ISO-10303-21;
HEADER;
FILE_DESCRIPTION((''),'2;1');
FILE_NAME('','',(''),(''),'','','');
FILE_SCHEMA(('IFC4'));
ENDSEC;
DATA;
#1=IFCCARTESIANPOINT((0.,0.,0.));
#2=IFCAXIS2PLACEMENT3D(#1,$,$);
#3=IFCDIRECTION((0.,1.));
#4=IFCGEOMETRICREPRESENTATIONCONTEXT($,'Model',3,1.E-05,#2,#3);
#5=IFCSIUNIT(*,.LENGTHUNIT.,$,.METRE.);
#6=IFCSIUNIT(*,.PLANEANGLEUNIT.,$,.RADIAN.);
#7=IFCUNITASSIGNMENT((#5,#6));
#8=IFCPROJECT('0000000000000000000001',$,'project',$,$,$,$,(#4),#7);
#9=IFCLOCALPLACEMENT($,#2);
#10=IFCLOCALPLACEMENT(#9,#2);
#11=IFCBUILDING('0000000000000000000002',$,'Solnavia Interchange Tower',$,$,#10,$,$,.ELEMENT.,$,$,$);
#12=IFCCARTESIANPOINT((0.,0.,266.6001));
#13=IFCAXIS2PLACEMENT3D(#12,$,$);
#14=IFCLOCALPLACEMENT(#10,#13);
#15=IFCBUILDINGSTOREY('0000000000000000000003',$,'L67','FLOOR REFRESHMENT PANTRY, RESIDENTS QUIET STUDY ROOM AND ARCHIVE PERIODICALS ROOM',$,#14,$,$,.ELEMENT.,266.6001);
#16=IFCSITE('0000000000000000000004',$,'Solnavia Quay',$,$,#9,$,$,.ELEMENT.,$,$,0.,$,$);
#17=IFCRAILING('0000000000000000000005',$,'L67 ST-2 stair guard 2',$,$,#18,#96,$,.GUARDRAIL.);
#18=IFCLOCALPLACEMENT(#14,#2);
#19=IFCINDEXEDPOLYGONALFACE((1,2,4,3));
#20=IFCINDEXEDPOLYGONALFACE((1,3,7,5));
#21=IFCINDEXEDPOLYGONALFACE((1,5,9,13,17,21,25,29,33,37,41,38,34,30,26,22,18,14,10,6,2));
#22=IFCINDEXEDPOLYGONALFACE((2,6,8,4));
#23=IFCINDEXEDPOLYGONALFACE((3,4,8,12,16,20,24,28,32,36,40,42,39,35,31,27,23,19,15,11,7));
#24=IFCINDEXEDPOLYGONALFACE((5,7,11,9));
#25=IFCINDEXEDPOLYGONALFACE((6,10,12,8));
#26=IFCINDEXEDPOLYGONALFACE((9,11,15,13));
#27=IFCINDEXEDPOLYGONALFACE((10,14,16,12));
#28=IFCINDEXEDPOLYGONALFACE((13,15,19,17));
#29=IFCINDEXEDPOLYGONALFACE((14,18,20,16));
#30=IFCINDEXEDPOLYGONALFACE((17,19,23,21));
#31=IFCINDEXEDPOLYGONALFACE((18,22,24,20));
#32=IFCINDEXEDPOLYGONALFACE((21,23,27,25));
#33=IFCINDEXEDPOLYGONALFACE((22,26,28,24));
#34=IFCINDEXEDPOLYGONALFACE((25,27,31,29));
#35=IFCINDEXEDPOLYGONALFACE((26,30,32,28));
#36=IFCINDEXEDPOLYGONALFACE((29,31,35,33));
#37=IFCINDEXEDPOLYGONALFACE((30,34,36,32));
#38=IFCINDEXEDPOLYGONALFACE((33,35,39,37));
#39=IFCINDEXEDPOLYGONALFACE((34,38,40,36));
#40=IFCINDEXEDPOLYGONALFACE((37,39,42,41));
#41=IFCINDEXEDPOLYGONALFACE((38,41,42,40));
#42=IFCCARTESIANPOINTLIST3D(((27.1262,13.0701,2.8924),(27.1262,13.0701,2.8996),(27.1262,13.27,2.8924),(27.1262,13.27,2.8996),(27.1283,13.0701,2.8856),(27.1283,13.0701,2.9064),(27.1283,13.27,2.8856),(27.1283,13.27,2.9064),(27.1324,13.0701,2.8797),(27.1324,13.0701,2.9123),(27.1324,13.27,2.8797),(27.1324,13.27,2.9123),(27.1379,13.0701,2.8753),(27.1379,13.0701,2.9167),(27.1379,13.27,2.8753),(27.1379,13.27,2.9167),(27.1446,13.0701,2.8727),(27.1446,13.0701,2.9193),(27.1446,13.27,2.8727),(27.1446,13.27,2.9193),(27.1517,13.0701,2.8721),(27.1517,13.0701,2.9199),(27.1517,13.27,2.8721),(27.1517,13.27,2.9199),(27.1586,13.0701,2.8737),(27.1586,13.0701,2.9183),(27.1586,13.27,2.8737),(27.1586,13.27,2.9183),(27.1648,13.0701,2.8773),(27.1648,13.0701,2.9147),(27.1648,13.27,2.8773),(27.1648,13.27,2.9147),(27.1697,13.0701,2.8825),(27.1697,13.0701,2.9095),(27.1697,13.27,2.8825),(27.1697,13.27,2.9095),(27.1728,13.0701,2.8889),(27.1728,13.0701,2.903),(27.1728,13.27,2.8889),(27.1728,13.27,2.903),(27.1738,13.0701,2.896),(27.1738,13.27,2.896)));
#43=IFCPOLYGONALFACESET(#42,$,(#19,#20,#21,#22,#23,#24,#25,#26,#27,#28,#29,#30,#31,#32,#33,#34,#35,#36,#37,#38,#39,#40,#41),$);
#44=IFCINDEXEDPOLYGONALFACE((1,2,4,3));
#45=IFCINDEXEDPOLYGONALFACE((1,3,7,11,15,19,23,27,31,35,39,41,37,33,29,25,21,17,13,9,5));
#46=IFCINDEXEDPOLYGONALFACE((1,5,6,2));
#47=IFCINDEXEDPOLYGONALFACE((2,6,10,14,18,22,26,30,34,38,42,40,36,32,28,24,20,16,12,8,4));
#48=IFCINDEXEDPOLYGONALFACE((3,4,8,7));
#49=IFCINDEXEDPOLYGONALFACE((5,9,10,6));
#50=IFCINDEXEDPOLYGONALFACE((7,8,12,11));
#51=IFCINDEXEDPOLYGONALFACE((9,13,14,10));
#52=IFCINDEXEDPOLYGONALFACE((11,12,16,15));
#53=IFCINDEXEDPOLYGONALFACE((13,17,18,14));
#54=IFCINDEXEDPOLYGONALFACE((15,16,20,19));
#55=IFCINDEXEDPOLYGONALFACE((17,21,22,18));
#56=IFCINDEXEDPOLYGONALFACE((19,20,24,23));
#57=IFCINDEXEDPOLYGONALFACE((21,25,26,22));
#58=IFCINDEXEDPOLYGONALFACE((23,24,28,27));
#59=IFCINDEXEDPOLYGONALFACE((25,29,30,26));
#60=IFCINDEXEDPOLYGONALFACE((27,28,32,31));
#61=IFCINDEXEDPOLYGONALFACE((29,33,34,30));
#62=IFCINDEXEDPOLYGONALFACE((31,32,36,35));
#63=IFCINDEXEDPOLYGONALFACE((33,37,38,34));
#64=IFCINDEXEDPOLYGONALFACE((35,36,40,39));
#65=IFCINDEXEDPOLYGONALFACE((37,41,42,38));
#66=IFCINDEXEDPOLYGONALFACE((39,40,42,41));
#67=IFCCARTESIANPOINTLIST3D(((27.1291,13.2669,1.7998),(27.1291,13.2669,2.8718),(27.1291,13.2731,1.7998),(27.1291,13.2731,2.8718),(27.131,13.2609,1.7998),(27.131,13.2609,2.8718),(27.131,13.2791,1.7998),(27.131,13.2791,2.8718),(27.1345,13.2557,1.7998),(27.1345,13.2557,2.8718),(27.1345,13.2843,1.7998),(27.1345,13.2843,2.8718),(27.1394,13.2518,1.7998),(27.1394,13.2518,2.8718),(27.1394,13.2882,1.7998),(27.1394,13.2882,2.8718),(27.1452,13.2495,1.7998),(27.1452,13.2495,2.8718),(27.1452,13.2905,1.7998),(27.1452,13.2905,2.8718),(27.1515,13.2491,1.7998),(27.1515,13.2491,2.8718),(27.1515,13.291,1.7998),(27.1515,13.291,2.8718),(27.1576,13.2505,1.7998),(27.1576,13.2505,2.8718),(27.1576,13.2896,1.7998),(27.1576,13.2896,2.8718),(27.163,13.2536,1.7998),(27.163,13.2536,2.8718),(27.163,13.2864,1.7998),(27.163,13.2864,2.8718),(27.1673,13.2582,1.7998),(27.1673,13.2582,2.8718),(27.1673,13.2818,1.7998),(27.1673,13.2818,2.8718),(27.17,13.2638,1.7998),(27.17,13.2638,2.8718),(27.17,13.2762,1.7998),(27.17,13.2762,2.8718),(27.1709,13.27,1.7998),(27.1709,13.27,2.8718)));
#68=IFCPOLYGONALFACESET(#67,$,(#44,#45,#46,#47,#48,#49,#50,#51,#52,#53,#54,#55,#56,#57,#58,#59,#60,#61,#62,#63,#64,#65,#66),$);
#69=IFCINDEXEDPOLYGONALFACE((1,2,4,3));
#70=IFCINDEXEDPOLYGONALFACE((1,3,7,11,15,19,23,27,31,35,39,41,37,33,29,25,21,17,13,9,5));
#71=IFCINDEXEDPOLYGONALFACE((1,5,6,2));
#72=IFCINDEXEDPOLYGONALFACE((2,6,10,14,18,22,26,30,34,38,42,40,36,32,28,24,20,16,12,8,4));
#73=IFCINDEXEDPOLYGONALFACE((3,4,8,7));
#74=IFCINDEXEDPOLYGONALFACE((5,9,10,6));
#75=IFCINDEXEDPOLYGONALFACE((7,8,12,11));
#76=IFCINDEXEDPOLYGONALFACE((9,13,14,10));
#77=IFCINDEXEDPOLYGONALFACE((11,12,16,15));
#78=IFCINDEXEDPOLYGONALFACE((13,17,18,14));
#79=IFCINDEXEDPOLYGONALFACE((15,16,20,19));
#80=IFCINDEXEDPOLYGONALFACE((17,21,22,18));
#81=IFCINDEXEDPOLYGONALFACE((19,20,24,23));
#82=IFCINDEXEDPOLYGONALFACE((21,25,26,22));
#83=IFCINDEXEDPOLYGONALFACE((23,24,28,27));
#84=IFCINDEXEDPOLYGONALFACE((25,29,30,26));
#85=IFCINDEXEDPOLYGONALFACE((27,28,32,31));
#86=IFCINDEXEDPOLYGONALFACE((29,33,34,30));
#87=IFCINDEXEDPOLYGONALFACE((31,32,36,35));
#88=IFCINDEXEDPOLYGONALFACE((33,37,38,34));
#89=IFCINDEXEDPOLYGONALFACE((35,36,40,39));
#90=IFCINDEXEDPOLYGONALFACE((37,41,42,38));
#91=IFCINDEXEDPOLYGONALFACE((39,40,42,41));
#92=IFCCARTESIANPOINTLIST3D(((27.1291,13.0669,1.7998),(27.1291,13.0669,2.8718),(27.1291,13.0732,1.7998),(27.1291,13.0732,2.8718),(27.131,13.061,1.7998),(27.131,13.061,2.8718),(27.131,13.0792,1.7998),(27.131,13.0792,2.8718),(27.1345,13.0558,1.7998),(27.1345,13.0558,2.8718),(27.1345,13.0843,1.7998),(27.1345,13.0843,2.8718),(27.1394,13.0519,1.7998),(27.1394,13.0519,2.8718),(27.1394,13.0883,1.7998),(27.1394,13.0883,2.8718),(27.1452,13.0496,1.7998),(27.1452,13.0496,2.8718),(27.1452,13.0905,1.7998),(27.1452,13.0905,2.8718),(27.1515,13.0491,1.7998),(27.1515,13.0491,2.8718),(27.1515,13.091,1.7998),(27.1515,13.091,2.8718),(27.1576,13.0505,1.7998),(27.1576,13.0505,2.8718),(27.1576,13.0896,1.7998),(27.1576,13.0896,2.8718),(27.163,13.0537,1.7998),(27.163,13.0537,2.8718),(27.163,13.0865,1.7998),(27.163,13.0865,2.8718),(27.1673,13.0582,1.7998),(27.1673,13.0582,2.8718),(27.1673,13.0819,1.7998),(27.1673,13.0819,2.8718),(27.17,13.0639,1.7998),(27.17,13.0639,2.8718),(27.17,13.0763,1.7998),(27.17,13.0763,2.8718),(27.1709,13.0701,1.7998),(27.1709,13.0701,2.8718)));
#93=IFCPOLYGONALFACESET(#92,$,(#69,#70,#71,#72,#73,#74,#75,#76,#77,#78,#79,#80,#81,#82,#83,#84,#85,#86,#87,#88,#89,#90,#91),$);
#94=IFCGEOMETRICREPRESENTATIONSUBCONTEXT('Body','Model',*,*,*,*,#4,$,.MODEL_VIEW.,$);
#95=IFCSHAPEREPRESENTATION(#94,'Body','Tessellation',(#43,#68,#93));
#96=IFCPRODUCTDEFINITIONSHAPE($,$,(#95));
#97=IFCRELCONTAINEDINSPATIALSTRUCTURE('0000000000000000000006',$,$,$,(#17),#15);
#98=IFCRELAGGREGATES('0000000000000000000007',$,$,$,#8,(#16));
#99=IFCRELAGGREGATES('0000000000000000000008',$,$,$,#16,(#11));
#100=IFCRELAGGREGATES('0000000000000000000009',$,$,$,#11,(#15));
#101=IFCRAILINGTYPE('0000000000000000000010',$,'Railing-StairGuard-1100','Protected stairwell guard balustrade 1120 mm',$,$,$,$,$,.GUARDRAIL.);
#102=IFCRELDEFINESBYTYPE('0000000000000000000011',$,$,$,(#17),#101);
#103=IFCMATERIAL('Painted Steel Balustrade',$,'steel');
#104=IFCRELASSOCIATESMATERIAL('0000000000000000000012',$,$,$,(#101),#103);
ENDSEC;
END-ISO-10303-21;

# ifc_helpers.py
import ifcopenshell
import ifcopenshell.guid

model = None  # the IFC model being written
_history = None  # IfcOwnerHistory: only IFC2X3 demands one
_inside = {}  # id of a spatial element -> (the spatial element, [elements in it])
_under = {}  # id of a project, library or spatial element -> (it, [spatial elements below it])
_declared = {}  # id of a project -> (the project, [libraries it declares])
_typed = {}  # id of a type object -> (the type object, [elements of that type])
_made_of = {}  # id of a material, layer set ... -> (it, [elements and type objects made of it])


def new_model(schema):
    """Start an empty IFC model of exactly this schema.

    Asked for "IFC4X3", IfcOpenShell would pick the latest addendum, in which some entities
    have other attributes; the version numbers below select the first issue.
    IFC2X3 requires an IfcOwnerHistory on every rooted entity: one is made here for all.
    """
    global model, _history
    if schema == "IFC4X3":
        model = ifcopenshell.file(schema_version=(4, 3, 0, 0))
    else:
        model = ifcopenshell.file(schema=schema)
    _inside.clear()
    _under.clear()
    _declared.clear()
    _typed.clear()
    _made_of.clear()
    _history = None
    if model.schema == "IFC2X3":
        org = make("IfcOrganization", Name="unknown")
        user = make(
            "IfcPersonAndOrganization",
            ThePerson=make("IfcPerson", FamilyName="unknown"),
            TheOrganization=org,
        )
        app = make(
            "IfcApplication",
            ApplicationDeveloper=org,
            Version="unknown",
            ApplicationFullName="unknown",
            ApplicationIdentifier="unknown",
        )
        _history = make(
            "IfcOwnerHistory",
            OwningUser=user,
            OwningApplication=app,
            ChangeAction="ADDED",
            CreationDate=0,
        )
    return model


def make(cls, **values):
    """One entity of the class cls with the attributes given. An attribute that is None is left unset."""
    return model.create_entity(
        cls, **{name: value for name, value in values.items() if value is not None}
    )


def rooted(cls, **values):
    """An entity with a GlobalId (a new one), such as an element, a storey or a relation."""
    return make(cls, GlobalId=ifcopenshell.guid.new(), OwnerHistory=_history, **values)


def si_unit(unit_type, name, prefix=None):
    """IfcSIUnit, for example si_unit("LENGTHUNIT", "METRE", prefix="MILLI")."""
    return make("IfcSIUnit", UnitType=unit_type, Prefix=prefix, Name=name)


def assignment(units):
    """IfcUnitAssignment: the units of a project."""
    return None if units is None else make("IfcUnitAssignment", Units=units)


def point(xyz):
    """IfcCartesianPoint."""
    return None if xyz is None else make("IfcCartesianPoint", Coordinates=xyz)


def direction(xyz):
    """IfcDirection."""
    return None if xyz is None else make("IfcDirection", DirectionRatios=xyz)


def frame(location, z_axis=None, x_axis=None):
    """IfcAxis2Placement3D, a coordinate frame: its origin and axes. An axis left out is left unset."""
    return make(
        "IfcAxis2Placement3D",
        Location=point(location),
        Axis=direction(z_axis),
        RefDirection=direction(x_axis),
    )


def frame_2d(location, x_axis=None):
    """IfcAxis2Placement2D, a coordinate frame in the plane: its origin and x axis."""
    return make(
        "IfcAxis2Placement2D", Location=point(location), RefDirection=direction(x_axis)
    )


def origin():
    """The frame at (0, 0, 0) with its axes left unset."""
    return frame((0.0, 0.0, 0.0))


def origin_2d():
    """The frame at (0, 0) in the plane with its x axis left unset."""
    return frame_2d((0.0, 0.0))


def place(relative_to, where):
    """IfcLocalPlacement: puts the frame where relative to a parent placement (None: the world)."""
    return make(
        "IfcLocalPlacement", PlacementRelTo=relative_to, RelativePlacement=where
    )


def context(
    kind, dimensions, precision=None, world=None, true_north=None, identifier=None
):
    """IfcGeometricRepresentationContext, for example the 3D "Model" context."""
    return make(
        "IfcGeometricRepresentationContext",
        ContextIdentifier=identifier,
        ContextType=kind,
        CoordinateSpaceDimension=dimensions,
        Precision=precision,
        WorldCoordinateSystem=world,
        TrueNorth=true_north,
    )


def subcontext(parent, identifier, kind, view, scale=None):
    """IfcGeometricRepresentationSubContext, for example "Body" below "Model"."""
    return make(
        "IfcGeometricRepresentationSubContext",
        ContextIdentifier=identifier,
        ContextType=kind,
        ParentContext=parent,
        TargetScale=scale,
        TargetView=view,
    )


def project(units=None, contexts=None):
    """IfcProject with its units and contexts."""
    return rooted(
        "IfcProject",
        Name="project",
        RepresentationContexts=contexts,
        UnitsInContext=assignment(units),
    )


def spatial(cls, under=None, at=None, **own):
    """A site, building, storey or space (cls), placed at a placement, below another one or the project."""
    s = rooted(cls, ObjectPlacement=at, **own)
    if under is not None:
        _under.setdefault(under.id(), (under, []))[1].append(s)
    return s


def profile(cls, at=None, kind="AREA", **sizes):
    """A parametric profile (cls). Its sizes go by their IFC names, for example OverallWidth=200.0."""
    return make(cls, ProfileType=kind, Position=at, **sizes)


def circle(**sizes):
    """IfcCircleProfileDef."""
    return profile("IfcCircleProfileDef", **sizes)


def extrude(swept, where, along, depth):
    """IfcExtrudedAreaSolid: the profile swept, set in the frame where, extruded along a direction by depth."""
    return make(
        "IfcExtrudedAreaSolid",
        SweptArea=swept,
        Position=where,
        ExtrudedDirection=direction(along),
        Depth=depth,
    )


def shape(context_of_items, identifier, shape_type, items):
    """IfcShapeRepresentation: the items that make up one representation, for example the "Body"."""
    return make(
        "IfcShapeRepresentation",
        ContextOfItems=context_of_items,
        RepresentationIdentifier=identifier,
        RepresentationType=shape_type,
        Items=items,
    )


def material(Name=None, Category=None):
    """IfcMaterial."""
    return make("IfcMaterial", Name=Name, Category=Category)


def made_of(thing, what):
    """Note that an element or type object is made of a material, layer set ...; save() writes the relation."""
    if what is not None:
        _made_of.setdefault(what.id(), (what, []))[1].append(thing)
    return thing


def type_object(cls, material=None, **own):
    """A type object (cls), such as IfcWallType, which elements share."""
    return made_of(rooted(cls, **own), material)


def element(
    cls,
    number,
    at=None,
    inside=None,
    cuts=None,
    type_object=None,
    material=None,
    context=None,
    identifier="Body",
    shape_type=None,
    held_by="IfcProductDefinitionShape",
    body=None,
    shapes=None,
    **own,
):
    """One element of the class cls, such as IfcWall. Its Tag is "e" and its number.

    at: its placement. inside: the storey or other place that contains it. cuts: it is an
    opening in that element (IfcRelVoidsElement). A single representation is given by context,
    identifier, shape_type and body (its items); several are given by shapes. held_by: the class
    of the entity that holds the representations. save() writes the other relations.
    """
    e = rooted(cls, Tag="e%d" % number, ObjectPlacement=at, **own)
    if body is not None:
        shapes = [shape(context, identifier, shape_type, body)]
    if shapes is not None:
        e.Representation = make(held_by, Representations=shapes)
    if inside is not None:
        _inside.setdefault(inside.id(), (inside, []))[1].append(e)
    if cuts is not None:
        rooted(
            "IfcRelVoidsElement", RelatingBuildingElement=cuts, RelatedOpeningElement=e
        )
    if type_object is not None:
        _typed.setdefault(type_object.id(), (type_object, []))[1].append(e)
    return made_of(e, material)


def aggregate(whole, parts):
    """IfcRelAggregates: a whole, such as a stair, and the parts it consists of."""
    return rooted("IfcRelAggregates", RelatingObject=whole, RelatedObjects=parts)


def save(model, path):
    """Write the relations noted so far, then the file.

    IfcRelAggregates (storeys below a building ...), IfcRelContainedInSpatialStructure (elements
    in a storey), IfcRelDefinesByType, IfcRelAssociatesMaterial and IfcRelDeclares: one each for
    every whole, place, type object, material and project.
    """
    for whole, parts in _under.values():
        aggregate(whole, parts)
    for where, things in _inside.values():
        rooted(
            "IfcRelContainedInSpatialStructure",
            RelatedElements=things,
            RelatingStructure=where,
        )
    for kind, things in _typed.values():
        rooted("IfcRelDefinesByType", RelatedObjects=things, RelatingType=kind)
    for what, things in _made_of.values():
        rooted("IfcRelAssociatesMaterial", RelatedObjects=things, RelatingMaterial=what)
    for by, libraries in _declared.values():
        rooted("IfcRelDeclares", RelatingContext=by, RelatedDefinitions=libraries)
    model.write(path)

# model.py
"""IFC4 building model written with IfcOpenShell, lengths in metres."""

from ifc_helpers import new_model, si_unit, direction, frame, origin, origin_2d, place, context, subcontext, project, spatial, circle, extrude, material, type_object, element, save


model = new_model("IFC4")

# Units and contexts
model_context = context("Model", 3, precision=1e-05, world=origin(), true_north=direction((0.0, 1.0)))
body_context = subcontext(model_context, "Body", "Model", "MODEL_VIEW")
ifc_project = project(units=[si_unit("LENGTHUNIT", "METRE"), si_unit("PLANEANGLEUNIT", "RADIAN")], contexts=[model_context])

# Site, building, storey
site_placement = place(None, origin())
site = spatial("IfcSite", under=ifc_project, at=site_placement, Name="Solnavia Quay", CompositionType="ELEMENT", RefElevation=0.0)
building_placement = place(site_placement, origin())
building = spatial("IfcBuilding", under=site, at=building_placement, Name="Solnavia Interchange Tower", CompositionType="ELEMENT")
storey_placement = place(building_placement, frame((0.0, 0.0, 266.6001)))
storey = spatial("IfcBuildingStorey", under=building, at=storey_placement, Name="L67", Description="FLOOR REFRESHMENT PANTRY, RESIDENTS QUIET STUDY ROOM AND ARCHIVE PERIODICALS ROOM", CompositionType="ELEMENT", Elevation=266.6001)

# Railing
ifc_material_1 = material(Name="Painted Steel Balustrade", Category="steel")
railing_type_1 = type_object("IfcRailingType", Name="Railing-StairGuard-1100", Description="Protected stairwell guard balustrade 1120 mm", PredefinedType="GUARDRAIL", material=ifc_material_1)
railing_1_placement = place(storey_placement, frame((27.1499, 13.27, 1.7998)))
element("IfcRailing", 1, at=railing_1_placement, inside=storey, type_object=railing_type_1, Name="L67 ST-2 stair guard 2", PredefinedType="GUARDRAIL", context=body_context, shape_type="SweptSolid", body=[
    extrude(circle(Radius=0.0239, at=origin_2d()), frame((0.0, 0.0, 1.0962), z_axis=(0.0, -1.0, 0.0), x_axis=(1.0, 0.0, 0.0)), (0.0, 0.0, 1.0), 0.2),
    extrude(circle(Radius=0.021, at=origin_2d()), origin(), (0.0, 0.0, 1.0), 1.072),
    extrude(circle(Radius=0.021, at=origin_2d()), frame((0.0, -0.2, 0.0)), (0.0, 0.0, 1.0), 1.072),
])

save(model, "model.ifc")
